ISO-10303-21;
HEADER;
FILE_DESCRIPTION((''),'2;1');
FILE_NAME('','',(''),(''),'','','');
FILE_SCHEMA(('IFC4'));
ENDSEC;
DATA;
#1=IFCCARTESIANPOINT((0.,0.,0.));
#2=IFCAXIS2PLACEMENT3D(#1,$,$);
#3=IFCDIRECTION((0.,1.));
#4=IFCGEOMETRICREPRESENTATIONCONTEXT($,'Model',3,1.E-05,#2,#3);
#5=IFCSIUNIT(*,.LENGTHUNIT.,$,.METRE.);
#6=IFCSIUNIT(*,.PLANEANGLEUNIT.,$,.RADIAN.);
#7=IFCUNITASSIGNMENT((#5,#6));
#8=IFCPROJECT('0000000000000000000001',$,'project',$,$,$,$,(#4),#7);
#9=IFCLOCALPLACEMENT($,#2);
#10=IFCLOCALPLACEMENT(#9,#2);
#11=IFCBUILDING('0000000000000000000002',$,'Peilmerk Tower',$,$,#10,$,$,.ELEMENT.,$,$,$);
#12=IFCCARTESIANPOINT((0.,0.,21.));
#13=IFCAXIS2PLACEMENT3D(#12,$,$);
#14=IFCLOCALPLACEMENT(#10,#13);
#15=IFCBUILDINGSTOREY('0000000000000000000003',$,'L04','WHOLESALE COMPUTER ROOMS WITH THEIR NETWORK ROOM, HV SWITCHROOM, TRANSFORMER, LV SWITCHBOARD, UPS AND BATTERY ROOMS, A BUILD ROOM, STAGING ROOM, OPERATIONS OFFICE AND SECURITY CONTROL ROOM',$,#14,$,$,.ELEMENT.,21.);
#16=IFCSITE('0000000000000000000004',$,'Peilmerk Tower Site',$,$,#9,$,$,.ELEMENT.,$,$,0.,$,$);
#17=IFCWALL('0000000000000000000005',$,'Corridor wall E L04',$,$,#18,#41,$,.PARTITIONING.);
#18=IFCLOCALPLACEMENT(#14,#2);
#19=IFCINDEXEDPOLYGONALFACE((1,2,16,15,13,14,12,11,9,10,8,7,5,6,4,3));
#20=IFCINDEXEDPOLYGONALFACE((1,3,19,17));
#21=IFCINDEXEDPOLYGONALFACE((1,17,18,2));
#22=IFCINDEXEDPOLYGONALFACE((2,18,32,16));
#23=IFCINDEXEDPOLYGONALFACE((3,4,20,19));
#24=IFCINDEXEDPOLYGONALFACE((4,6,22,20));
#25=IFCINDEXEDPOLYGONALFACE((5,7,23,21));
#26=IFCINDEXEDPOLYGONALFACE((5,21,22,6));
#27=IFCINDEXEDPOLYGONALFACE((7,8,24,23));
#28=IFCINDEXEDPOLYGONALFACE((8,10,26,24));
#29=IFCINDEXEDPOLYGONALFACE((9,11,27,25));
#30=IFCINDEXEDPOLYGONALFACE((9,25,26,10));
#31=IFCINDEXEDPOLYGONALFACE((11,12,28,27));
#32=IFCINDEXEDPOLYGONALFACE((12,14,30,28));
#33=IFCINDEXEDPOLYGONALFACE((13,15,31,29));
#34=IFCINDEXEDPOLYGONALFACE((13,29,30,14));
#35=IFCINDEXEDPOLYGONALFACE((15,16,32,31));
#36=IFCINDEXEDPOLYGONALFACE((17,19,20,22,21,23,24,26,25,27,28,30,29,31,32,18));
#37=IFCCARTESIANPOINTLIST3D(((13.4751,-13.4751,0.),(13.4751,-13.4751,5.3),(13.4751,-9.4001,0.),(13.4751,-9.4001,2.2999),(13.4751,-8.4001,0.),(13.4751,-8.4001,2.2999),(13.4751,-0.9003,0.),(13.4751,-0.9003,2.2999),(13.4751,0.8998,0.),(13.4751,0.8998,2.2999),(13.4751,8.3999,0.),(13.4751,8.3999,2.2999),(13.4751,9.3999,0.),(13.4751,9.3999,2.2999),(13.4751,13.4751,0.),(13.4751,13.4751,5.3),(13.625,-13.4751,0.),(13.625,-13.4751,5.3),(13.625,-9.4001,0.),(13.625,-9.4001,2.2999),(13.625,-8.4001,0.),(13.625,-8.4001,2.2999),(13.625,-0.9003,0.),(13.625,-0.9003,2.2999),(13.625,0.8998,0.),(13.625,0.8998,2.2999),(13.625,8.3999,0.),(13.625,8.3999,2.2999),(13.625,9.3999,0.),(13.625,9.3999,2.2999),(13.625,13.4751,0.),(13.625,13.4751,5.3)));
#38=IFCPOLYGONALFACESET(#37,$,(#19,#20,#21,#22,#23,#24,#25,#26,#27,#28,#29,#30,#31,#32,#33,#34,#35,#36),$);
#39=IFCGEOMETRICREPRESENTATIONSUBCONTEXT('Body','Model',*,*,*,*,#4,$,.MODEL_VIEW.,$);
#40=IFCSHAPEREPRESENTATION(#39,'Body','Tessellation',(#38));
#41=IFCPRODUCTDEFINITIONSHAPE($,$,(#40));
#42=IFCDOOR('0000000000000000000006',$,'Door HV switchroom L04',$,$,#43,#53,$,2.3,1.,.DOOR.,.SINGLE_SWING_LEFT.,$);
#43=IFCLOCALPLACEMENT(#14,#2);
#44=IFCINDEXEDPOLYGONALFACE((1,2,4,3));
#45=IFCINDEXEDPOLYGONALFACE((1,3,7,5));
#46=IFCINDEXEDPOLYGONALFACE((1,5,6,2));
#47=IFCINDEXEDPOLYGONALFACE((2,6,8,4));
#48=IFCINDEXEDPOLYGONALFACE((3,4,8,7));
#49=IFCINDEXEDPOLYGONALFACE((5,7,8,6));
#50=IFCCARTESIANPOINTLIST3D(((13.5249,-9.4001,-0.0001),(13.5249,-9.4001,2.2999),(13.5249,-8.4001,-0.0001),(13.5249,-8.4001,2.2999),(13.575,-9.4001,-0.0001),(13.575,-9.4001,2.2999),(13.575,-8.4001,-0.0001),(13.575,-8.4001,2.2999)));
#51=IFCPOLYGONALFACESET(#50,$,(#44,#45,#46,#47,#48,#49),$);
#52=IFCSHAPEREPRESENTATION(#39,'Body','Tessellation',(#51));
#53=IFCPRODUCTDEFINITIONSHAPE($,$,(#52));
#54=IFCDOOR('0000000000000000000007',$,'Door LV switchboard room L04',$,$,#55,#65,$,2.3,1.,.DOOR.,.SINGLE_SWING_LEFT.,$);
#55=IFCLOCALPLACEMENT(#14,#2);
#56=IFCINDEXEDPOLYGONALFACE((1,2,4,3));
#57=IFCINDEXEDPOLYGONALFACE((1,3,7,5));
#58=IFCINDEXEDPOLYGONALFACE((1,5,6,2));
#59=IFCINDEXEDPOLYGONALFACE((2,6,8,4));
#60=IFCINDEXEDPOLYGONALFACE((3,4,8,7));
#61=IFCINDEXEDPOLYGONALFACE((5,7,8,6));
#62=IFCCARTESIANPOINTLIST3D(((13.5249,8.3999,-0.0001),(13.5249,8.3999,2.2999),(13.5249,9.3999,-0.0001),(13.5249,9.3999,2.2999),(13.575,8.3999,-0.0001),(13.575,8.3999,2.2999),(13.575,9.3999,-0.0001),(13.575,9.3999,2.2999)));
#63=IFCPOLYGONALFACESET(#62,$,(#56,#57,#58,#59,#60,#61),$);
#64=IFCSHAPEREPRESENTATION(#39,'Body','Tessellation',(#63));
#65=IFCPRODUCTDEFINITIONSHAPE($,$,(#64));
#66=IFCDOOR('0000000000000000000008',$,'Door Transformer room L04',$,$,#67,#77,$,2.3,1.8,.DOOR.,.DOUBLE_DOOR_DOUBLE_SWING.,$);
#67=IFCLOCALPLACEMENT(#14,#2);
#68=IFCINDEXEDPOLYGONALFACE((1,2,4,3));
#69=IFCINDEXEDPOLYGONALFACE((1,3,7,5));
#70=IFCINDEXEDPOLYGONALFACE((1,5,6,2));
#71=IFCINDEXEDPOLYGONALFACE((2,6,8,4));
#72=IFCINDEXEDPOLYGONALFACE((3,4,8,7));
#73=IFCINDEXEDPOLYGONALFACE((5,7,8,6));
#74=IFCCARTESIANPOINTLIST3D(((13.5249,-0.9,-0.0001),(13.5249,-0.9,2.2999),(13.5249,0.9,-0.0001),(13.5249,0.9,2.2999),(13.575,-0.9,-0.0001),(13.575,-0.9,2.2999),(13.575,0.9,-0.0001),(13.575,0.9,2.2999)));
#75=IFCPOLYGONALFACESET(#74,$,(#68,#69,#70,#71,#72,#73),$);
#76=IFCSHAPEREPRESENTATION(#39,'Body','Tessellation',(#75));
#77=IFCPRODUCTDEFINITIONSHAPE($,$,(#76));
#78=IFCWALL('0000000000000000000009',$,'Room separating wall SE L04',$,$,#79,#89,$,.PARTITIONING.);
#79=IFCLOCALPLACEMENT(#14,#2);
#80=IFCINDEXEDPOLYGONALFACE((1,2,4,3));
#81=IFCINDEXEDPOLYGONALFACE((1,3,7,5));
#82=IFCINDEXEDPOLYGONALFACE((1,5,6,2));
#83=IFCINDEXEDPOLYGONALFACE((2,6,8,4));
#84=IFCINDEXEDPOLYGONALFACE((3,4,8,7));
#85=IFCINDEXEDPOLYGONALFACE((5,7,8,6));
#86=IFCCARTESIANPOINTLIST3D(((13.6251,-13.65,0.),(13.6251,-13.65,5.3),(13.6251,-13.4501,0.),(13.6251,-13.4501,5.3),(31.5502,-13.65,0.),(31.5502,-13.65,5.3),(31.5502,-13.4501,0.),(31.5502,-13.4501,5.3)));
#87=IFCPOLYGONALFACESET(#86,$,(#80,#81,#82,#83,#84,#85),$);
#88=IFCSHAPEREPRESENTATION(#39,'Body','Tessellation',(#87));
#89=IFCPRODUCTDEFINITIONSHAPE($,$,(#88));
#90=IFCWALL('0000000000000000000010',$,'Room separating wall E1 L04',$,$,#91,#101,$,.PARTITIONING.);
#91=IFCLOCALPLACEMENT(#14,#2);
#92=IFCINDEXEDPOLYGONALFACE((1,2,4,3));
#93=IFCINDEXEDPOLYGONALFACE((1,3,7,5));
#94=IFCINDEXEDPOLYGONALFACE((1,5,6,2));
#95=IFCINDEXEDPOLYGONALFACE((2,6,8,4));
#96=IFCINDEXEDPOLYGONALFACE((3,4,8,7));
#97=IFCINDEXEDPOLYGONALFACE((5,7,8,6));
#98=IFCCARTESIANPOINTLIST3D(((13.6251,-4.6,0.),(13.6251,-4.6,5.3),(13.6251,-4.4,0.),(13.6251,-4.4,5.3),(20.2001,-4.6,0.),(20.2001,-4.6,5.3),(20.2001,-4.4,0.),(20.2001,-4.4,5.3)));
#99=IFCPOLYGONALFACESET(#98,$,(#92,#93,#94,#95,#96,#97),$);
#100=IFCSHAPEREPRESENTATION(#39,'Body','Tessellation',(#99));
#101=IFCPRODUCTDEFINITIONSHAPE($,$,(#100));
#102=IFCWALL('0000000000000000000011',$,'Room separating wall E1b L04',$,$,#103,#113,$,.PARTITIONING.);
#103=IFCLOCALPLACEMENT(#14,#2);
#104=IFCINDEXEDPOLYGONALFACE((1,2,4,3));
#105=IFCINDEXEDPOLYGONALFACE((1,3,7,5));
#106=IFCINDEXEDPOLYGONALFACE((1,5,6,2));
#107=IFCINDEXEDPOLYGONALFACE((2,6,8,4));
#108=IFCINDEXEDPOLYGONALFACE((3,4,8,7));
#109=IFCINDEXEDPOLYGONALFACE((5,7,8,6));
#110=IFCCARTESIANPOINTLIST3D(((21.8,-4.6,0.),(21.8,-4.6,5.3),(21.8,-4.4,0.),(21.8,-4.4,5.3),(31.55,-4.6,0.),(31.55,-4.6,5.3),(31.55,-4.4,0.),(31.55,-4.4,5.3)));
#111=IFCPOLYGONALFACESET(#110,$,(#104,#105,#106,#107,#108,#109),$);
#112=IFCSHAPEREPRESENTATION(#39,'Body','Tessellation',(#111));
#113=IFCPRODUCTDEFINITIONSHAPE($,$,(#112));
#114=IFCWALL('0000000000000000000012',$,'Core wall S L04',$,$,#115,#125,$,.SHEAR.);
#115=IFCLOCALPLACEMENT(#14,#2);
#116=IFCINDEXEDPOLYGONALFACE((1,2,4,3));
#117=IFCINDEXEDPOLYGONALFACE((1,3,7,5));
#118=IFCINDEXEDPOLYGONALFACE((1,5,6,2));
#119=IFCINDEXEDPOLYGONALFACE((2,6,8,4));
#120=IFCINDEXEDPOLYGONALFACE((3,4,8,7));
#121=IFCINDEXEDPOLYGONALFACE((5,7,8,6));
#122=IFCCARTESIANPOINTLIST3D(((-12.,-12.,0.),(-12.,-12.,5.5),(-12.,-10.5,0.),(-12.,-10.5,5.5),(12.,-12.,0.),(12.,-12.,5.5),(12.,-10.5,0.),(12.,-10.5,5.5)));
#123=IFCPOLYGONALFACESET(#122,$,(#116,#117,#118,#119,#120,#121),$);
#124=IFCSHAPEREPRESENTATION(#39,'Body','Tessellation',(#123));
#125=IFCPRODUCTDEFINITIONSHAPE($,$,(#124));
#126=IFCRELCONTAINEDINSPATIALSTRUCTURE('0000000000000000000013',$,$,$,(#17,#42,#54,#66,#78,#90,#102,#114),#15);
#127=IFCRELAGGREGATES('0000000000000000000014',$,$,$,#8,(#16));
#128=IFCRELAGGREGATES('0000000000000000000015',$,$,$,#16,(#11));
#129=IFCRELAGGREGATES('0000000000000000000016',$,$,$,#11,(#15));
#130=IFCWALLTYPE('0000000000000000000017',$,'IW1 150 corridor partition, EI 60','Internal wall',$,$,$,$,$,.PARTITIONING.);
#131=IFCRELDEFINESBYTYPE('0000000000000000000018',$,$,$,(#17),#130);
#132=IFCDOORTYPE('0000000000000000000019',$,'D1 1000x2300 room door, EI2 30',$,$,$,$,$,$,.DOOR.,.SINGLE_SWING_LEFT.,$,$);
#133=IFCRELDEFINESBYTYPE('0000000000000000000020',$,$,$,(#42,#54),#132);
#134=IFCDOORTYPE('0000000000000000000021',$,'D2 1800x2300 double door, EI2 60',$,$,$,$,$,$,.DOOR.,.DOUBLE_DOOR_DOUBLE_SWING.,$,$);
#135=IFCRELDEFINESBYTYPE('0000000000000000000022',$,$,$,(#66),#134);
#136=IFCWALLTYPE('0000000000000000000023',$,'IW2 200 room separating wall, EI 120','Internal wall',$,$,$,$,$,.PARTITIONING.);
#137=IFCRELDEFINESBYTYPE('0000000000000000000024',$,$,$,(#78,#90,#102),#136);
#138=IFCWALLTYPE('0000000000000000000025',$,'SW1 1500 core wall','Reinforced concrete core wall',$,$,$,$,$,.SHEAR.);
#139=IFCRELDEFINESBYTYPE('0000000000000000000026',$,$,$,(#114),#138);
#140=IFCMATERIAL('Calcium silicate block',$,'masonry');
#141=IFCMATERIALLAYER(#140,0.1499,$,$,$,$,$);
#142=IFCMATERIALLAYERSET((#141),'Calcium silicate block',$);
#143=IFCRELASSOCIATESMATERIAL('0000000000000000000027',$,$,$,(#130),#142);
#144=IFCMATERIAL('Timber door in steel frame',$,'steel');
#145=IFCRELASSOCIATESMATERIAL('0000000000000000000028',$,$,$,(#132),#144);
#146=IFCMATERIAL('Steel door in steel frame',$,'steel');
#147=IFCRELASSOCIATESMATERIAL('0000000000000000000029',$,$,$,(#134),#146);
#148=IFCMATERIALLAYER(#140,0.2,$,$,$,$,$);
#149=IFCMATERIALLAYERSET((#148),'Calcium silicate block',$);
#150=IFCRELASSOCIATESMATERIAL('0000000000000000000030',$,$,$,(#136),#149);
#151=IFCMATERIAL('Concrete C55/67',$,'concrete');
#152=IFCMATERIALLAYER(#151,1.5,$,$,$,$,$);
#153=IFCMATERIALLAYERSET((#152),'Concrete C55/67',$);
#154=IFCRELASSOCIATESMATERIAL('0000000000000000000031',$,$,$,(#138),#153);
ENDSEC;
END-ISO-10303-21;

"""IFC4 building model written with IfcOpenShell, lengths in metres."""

from ifc_helpers import new_model, si_unit, direction, frame, frame_2d, origin, place, context, subcontext, project, spatial, rectangle, extrude, material, layer, layer_set, type_object, element, fill, save


model = new_model("IFC4")

# Units and contexts
model_context = context("Model", 3, precision=1e-05, world=origin(), true_north=direction((0.0, 1.0)))
body_context = subcontext(model_context, "Body", "Model", "MODEL_VIEW")
ifc_project = project(units=[si_unit("LENGTHUNIT", "METRE"), si_unit("PLANEANGLEUNIT", "RADIAN")], contexts=[model_context])

# Site, building, storey
site_placement = place(None, origin())
site = spatial("IfcSite", under=ifc_project, at=site_placement, Name="Peilmerk Tower Site", CompositionType="ELEMENT", RefElevation=0.0)
building_placement = place(site_placement, origin())
building = spatial("IfcBuilding", under=site, at=building_placement, Name="Peilmerk Tower", CompositionType="ELEMENT")
storey_placement = place(building_placement, frame((0.0, 0.0, 21.0)))
storey = spatial("IfcBuildingStorey", under=building, at=storey_placement, Name="L04", Description="WHOLESALE COMPUTER ROOMS WITH THEIR NETWORK ROOM, HV SWITCHROOM, TRANSFORMER, LV SWITCHBOARD, UPS AND BATTERY ROOMS, A BUILD ROOM, STAGING ROOM, OPERATIONS OFFICE AND SECURITY CONTROL ROOM", CompositionType="ELEMENT", Elevation=21.0)

# Wall, openings, doors
ifc_material_1 = material(Name="Calcium silicate block", Category="masonry")
ifc_layer_1 = layer(ifc_material_1, 0.1499)
ifc_layer_set_1 = layer_set([ifc_layer_1], Name="Calcium silicate block")
wall_type_1 = type_object("IfcWallType", Name="IW1 150 corridor partition, EI 60", Description="Internal wall", PredefinedType="PARTITIONING", material=ifc_layer_set_1)
ifc_material_2 = material(Name="Timber door in steel frame", Category="steel")
door_type_1 = type_object("IfcDoorType", Name="D1 1000x2300 room door, EI2 30", OperationType="SINGLE_SWING_LEFT", PredefinedType="DOOR", material=ifc_material_2)
ifc_material_3 = material(Name="Steel door in steel frame", Category="steel")
door_type_2 = type_object("IfcDoorType", Name="D2 1800x2300 double door, EI2 60", OperationType="DOUBLE_DOOR_DOUBLE_SWING", PredefinedType="DOOR", material=ifc_material_3)
wall_1_placement = place(storey_placement, frame((13.55, -13.4751, 0.0), z_axis=(0.0, 0.0, 1.0), x_axis=(0.0, 1.0, 0.0)))
wall_1 = element("IfcWall", 1, at=wall_1_placement, inside=storey, type_object=wall_type_1, Name="Corridor wall E L04", PredefinedType="PARTITIONING", context=body_context, shape_type="SweptSolid", body=[
    extrude(rectangle(XDim=26.9502, YDim=0.1499, at=frame_2d((13.4751, 0.0))), origin(), (0.0, 0.0, 1.0), 5.3),
])
opening_1_placement = place(wall_1_placement, frame((4.075, 0.0, 0.0)))
opening_1 = element("IfcOpeningElement", 2, at=opening_1_placement, cuts=wall_1, PredefinedType="OPENING", context=body_context, shape_type="SweptSolid", body=[
    extrude(rectangle(XDim=1.0, YDim=2.3, at=frame_2d((0.5, 1.1499))), frame((0.0, 0.085, 0.0), z_axis=(0.0, -1.0, 0.0), x_axis=(1.0, 0.0, 0.0)), (0.0, 0.0, 1.0), 0.1699),
])
opening_2_placement = place(wall_1_placement, frame((12.575, 0.0, 0.0)))
opening_2 = element("IfcOpeningElement", 3, at=opening_2_placement, cuts=wall_1, PredefinedType="OPENING", context=body_context, shape_type="SweptSolid", body=[
    extrude(rectangle(XDim=1.8, YDim=2.3, at=frame_2d((0.8999, 1.1499))), frame((0.0, 0.085, 0.0), z_axis=(0.0, -1.0, 0.0), x_axis=(1.0, 0.0, 0.0)), (0.0, 0.0, 1.0), 0.1699),
])
opening_3_placement = place(wall_1_placement, frame((21.875, 0.0, 0.0)))
opening_3 = element("IfcOpeningElement", 4, at=opening_3_placement, cuts=wall_1, PredefinedType="OPENING", context=body_context, shape_type="SweptSolid", body=[
    extrude(rectangle(XDim=1.0, YDim=2.3, at=frame_2d((0.5, 1.1499))), frame((0.0, 0.085, 0.0), z_axis=(0.0, -1.0, 0.0), x_axis=(1.0, 0.0, 0.0)), (0.0, 0.0, 1.0), 0.1699),
])
door_1_placement = place(opening_1_placement, frame((1.0, 0.0, 0.0), z_axis=(0.0, 0.0, 1.0), x_axis=(-1.0, 0.0, 0.0)))
door_1 = element("IfcDoor", 5, at=door_1_placement, inside=storey, type_object=door_type_1, Name="Door HV switchroom L04", OperationType="SINGLE_SWING_LEFT", OverallHeight=2.3, OverallWidth=1.0, PredefinedType="DOOR", context=body_context, shape_type="SweptSolid", body=[
    extrude(rectangle(XDim=1.0, YDim=2.3, at=frame_2d((0.5, 1.1499))), frame((0.0, 0.0249, 0.0), z_axis=(0.0, -1.0, 0.0), x_axis=(1.0, 0.0, 0.0)), (0.0, 0.0, 1.0), 0.05),
])
fill(opening_1, door_1)
door_2_placement = place(opening_3_placement, frame((1.0, 0.0, 0.0), z_axis=(0.0, 0.0, 1.0), x_axis=(-1.0, 0.0, 0.0)))
door_2 = element("IfcDoor", 6, at=door_2_placement, inside=storey, type_object=door_type_1, Name="Door LV switchboard room L04", OperationType="SINGLE_SWING_LEFT", OverallHeight=2.3, OverallWidth=1.0, PredefinedType="DOOR", context=body_context, shape_type="SweptSolid", body=[
    extrude(rectangle(XDim=1.0, YDim=2.3, at=frame_2d((0.5, 1.1499))), frame((0.0, 0.0249, 0.0), z_axis=(0.0, -1.0, 0.0), x_axis=(1.0, 0.0, 0.0)), (0.0, 0.0, 1.0), 0.05),
])
fill(opening_3, door_2)
door_3_placement = place(opening_2_placement, frame((1.8, 0.0, 0.0), z_axis=(0.0, 0.0, 1.0), x_axis=(-1.0, 0.0, 0.0)))
door_3 = element("IfcDoor", 7, at=door_3_placement, inside=storey, type_object=door_type_2, Name="Door Transformer room L04", OperationType="DOUBLE_DOOR_DOUBLE_SWING", OverallHeight=2.3, OverallWidth=1.8, PredefinedType="DOOR", context=body_context, shape_type="SweptSolid", body=[
    extrude(rectangle(XDim=1.8, YDim=2.3, at=frame_2d((0.8999, 1.1499))), frame((0.0, 0.0249, 0.0), z_axis=(0.0, -1.0, 0.0), x_axis=(1.0, 0.0, 0.0)), (0.0, 0.0, 1.0), 0.05),
])
fill(opening_2, door_3)

# Walls
ifc_layer_2 = layer(ifc_material_1, 0.2)
ifc_layer_set_2 = layer_set([ifc_layer_2], Name="Calcium silicate block")
wall_type_2 = type_object("IfcWallType", Name="IW2 200 room separating wall, EI 120", Description="Internal wall", PredefinedType="PARTITIONING", material=ifc_layer_set_2)
wall_2_placement = place(storey_placement, frame((31.55, -13.55, 0.0), z_axis=(0.0, 0.0, 1.0), x_axis=(-1.0, 0.0, 0.0)))
element("IfcWall", 8, at=wall_2_placement, inside=storey, type_object=wall_type_2, Name="Room separating wall SE L04", PredefinedType="PARTITIONING", context=body_context, shape_type="SweptSolid", body=[
    extrude(rectangle(XDim=17.925, YDim=0.2, at=frame_2d((8.9624, 0.0))), origin(), (0.0, 0.0, 1.0), 5.3),
])
wall_3_placement = place(storey_placement, frame((13.625, -4.5, 0.0), z_axis=(0.0, 0.0, 1.0), x_axis=(1.0, 0.0, 0.0)))
element("IfcWall", 9, at=wall_3_placement, inside=storey, type_object=wall_type_2, Name="Room separating wall E1 L04", PredefinedType="PARTITIONING", context=body_context, shape_type="SweptSolid", body=[
    extrude(rectangle(XDim=6.575, YDim=0.2, at=frame_2d((3.2876, 0.0))), origin(), (0.0, 0.0, 1.0), 5.3),
])
wall_4_placement = place(storey_placement, frame((21.8, -4.5, 0.0), z_axis=(0.0, 0.0, 1.0), x_axis=(1.0, 0.0, 0.0)))
element("IfcWall", 10, at=wall_4_placement, inside=storey, type_object=wall_type_2, Name="Room separating wall E1b L04", PredefinedType="PARTITIONING", context=body_context, shape_type="SweptSolid", body=[
    extrude(rectangle(XDim=9.75, YDim=0.2, at=frame_2d((4.875, 0.0))), origin(), (0.0, 0.0, 1.0), 5.3),
])
ifc_material_4 = material(Name="Concrete C55/67", Category="concrete")
ifc_layer_3 = layer(ifc_material_4, 1.5)
ifc_layer_set_3 = layer_set([ifc_layer_3], Name="Concrete C55/67")
wall_type_3 = type_object("IfcWallType", Name="SW1 1500 core wall", Description="Reinforced concrete core wall", PredefinedType="SHEAR", material=ifc_layer_set_3)
wall_5_placement = place(storey_placement, frame((12.0, -11.25, 0.0), z_axis=(0.0, 0.0, 1.0), x_axis=(-1.0, 0.0, 0.0)))
element("IfcWall", 11, at=wall_5_placement, inside=storey, type_object=wall_type_3, Name="Core wall S L04", PredefinedType="SHEAR", context=body_context, shape_type="SweptSolid", body=[
    extrude(rectangle(XDim=24.0, YDim=1.5, at=frame_2d((12.0, 0.0))), origin(), (0.0, 0.0, 1.0), 5.5),
])

save(model, "model.ifc")
